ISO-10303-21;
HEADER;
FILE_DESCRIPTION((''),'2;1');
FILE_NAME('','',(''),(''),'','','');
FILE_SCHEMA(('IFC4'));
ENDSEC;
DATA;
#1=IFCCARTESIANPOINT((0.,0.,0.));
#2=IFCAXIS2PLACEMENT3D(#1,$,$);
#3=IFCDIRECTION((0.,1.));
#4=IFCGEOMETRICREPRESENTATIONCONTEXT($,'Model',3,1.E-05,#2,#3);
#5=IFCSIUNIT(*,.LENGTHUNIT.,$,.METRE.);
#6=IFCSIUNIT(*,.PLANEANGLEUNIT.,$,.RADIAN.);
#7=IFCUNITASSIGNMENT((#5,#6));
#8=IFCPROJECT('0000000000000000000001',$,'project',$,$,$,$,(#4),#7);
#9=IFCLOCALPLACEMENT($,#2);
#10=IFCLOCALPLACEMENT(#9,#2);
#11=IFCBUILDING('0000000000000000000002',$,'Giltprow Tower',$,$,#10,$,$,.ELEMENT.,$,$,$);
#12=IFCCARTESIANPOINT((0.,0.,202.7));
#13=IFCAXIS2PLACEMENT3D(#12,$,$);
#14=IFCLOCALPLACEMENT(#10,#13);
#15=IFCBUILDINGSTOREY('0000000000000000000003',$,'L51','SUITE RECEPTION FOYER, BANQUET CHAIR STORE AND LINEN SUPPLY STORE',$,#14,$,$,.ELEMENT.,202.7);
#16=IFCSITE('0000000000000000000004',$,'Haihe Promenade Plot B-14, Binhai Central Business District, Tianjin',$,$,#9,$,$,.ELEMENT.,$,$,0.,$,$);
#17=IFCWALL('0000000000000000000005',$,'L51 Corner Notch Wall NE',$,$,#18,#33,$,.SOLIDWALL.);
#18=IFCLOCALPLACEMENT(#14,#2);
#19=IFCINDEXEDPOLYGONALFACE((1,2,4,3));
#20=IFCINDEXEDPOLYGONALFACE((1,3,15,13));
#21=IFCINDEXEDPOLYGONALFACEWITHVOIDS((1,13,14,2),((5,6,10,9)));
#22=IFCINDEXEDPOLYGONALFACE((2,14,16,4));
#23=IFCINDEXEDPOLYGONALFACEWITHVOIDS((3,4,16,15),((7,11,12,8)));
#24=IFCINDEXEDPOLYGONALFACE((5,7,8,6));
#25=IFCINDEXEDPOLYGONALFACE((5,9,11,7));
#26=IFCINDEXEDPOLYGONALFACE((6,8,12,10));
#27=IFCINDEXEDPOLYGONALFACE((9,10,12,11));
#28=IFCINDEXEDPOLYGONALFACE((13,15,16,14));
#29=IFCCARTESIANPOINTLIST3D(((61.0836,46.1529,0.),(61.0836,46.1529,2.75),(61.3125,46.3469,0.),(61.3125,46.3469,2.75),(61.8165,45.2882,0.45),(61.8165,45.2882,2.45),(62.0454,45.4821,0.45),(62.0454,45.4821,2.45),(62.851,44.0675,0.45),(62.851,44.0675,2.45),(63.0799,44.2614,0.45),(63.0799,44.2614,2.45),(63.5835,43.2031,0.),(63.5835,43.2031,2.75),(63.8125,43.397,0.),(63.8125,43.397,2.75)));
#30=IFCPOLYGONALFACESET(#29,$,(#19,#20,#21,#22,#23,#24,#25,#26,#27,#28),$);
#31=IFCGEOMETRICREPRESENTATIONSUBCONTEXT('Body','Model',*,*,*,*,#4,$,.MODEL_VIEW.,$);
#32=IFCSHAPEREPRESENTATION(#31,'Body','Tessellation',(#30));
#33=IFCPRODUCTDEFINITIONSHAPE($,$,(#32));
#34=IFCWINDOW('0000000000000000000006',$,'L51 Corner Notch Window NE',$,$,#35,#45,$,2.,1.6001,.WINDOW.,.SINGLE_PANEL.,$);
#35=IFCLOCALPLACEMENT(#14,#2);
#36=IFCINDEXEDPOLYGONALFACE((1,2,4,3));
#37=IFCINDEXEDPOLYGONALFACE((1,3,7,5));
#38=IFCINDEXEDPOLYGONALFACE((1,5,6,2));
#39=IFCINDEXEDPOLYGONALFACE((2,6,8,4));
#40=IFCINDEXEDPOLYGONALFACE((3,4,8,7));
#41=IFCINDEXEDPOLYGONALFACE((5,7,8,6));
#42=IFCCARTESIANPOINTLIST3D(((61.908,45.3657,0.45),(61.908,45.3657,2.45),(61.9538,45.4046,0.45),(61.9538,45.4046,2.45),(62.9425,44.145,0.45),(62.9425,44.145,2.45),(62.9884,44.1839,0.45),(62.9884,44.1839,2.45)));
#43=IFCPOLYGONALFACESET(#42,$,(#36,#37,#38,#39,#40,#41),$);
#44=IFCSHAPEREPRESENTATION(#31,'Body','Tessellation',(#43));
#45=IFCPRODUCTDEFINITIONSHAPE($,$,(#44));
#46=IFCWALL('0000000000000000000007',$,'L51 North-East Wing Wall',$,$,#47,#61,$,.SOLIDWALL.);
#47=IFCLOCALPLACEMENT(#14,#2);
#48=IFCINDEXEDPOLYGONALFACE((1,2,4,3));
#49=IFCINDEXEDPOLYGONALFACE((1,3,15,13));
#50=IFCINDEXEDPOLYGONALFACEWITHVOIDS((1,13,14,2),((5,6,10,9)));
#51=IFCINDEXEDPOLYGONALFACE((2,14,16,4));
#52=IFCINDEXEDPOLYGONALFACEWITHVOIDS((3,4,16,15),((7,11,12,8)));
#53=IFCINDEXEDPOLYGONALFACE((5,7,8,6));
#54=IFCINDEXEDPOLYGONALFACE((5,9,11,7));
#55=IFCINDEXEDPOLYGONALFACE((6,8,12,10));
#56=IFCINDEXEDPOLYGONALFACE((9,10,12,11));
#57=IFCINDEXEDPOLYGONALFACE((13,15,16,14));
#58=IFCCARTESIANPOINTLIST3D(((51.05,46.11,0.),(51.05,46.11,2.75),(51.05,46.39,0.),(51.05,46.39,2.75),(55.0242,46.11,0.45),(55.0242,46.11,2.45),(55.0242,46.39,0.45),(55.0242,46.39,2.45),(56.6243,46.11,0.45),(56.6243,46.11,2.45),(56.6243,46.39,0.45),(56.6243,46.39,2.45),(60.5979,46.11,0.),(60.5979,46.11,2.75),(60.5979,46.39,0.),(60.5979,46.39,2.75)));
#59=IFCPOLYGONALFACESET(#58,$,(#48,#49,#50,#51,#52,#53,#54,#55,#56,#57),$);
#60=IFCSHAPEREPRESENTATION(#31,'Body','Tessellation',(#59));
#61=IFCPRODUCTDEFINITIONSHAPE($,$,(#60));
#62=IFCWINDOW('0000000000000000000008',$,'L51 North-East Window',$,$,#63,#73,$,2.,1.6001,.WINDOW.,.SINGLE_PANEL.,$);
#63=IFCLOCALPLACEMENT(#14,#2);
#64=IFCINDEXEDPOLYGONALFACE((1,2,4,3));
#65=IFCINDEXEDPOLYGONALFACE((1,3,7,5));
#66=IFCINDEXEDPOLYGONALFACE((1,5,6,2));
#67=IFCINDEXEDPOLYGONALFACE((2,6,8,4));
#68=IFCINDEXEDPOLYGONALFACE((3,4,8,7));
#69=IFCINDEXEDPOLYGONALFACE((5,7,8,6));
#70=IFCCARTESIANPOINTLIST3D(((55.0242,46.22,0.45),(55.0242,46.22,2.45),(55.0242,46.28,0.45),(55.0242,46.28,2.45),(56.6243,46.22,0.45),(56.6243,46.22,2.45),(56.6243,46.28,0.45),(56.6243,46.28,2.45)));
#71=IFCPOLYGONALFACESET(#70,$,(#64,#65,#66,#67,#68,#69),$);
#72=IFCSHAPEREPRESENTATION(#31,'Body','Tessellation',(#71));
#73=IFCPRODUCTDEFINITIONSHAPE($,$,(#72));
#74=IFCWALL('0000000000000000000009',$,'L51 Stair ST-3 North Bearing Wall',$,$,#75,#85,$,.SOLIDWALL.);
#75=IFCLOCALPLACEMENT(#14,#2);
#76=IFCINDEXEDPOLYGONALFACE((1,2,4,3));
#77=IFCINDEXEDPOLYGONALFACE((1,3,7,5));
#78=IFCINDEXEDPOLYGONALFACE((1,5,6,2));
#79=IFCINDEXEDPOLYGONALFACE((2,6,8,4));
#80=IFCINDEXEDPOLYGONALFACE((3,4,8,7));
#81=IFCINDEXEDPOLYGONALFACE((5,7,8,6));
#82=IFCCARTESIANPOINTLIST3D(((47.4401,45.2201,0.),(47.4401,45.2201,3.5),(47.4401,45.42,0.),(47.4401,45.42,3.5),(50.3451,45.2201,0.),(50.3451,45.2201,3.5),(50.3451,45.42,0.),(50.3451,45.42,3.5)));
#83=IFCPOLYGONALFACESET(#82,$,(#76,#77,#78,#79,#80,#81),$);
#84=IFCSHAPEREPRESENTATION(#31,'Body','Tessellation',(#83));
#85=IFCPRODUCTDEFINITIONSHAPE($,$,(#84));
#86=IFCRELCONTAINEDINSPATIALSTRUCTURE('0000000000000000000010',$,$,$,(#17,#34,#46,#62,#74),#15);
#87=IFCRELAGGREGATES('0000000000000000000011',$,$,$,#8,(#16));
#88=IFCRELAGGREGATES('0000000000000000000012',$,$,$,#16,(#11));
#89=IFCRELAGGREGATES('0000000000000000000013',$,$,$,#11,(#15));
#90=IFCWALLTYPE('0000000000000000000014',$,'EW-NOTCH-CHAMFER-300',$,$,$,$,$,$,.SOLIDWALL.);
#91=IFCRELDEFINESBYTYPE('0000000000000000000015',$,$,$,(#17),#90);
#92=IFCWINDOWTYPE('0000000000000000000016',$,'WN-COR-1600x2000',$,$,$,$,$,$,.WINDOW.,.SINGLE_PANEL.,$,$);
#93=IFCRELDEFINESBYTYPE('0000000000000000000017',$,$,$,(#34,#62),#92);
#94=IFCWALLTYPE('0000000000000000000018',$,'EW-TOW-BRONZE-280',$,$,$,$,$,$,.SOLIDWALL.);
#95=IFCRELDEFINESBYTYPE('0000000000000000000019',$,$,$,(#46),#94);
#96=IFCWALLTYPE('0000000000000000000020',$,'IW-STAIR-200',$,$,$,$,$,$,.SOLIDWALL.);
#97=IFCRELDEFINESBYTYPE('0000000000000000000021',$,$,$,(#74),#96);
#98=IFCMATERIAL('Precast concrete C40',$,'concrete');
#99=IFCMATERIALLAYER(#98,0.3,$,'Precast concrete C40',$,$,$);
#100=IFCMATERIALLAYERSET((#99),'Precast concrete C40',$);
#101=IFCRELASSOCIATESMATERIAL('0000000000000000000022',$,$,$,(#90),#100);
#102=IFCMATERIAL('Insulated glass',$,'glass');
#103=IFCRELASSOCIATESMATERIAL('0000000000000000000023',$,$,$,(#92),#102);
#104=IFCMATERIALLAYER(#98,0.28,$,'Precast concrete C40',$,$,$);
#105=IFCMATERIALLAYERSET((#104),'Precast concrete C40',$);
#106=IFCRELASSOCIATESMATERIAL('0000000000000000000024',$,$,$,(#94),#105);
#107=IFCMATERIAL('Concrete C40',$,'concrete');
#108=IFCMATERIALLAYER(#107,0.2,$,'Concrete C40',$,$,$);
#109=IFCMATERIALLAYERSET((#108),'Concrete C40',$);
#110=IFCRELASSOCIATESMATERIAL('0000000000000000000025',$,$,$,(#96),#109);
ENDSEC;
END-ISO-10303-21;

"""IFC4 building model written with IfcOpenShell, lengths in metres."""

from ifc_helpers import new_model, si_unit, direction, frame, frame_2d, origin, place, context, subcontext, project, spatial, rectangle, extrude, source, transform, mapped, material, layer, layer_set, type_object, element, fill, save


model = new_model("IFC4")

# Units and contexts
model_context = context("Model", 3, precision=1e-05, world=origin(), true_north=direction((0.0, 1.0)))
body_context = subcontext(model_context, "Body", "Model", "MODEL_VIEW")
ifc_project = project(units=[si_unit("LENGTHUNIT", "METRE"), si_unit("PLANEANGLEUNIT", "RADIAN")], contexts=[model_context])

# Site, building, storey
site_placement = place(None, origin())
site = spatial("IfcSite", under=ifc_project, at=site_placement, Name="Haihe Promenade Plot B-14, Binhai Central Business District, Tianjin", CompositionType="ELEMENT", RefElevation=0.0)
building_placement = place(site_placement, origin())
building = spatial("IfcBuilding", under=site, at=building_placement, Name="Giltprow Tower", CompositionType="ELEMENT")
storey_placement = place(building_placement, frame((0.0, 0.0, 202.7)))
storey = spatial("IfcBuildingStorey", under=building, at=storey_placement, Name="L51", Description="SUITE RECEPTION FOYER, BANQUET CHAIR STORE AND LINEN SUPPLY STORE", CompositionType="ELEMENT", Elevation=202.7)

# Walls, openings, windows
ifc_material_1 = material(Name="Precast concrete C40", Category="concrete")
ifc_layer_1 = layer(ifc_material_1, 0.3, Name="Precast concrete C40")
ifc_layer_set_1 = layer_set([ifc_layer_1], Name="Precast concrete C40")
wall_type_1 = type_object("IfcWallType", Name="EW-NOTCH-CHAMFER-300", PredefinedType="SOLIDWALL", material=ifc_layer_set_1)
wall_1_placement = place(storey_placement, frame((63.698, 43.3, 0.0), z_axis=(0.0, 0.0, 1.0), x_axis=(-0.646528, 0.76289, 0.0)))
wall_1 = element("IfcWall", 1, at=wall_1_placement, inside=storey, type_object=wall_type_1, Name="L51 Corner Notch Wall NE", PredefinedType="SOLIDWALL", context=body_context, shape_type="SweptSolid", body=[
    extrude(rectangle(XDim=3.8667, YDim=0.3, at=frame_2d((1.9333, 0.0))), origin(), (0.0, 0.0, 1.0), 2.75),
])
opening_1_placement = place(wall_1_placement, frame((1.1331, 0.0, 0.45)))
opening_1 = element("IfcOpeningElement", 2, at=opening_1_placement, cuts=wall_1, PredefinedType="OPENING", context=body_context, shape_type="SweptSolid", body=[
    extrude(rectangle(XDim=1.6001, YDim=2.0, at=frame_2d((0.8, 1.0))), frame((0.0, 0.1599, 0.0), z_axis=(0.0, -1.0, 0.0), x_axis=(1.0, 0.0, 0.0)), (0.0, 0.0, 1.0), 0.3201),
])
ifc_material_2 = material(Name="Insulated glass", Category="glass")
window_type = type_object("IfcWindowType", Name="WN-COR-1600x2000", PartitioningType="SINGLE_PANEL", PredefinedType="WINDOW", material=ifc_material_2)
shared_shape_1 = source(origin(), body_context, "Body", "SweptSolid", [
    extrude(rectangle(XDim=1.6001, YDim=2.0, at=frame_2d((0.8, 1.0))), frame((0.0, 0.03, 0.0), z_axis=(0.0, -1.0, 0.0), x_axis=(1.0, 0.0, 0.0)), (0.0, 0.0, 1.0), 0.0601),
])
window_1_placement = place(opening_1_placement, origin())
window_1 = element("IfcWindow", 3, at=window_1_placement, inside=storey, type_object=window_type, Name="L51 Corner Notch Window NE", OverallHeight=2.0, OverallWidth=1.6001, PartitioningType="SINGLE_PANEL", PredefinedType="WINDOW", context=body_context, shape_type="MappedRepresentation", body=[
    mapped(shared_shape_1, transform((0.0, 0.0, 0.0), x_axis=(1.0, 0.0, 0.0), y_axis=(0.0, 1.0, 0.0), z_axis=(0.0, 0.0, 1.0), scale=1.0)),
])
fill(opening_1, window_1)
ifc_layer_2 = layer(ifc_material_1, 0.28, Name="Precast concrete C40")
ifc_layer_set_2 = layer_set([ifc_layer_2], Name="Precast concrete C40")
wall_type_2 = type_object("IfcWallType", Name="EW-TOW-BRONZE-280", PredefinedType="SOLIDWALL", material=ifc_layer_set_2)
wall_2_placement = place(storey_placement, frame((51.05, 46.25, 0.0), z_axis=(0.0, 0.0, 1.0), x_axis=(1.0, 0.0, 0.0)))
wall_2 = element("IfcWall", 4, at=wall_2_placement, inside=storey, type_object=wall_type_2, Name="L51 North-East Wing Wall", PredefinedType="SOLIDWALL", context=body_context, shape_type="SweptSolid", body=[
    extrude(rectangle(XDim=9.5479, YDim=0.28, at=frame_2d((4.7739, 0.0))), origin(), (0.0, 0.0, 1.0), 2.75),
])
opening_2_placement = place(wall_2_placement, frame((3.9741, 0.0, 0.45)))
opening_2 = element("IfcOpeningElement", 5, at=opening_2_placement, cuts=wall_2, PredefinedType="OPENING", context=body_context, shape_type="SweptSolid", body=[
    extrude(rectangle(XDim=1.6001, YDim=2.0, at=frame_2d((0.8, 1.0))), frame((0.0, 0.1499, 0.0), z_axis=(0.0, -1.0, 0.0), x_axis=(1.0, 0.0, 0.0)), (0.0, 0.0, 1.0), 0.3),
])
window_2_placement = place(opening_2_placement, origin())
window_2 = element("IfcWindow", 6, at=window_2_placement, inside=storey, type_object=window_type, Name="L51 North-East Window", OverallHeight=2.0, OverallWidth=1.6001, PartitioningType="SINGLE_PANEL", PredefinedType="WINDOW", context=body_context, shape_type="MappedRepresentation", body=[
    mapped(shared_shape_1, transform((0.0, 0.0, 0.0), x_axis=(1.0, 0.0, 0.0), y_axis=(0.0, 1.0, 0.0), z_axis=(0.0, 0.0, 1.0), scale=1.0)),
])
fill(opening_2, window_2)

# Wall
ifc_material_3 = material(Name="Concrete C40", Category="concrete")
ifc_layer_3 = layer(ifc_material_3, 0.2, Name="Concrete C40")
ifc_layer_set_3 = layer_set([ifc_layer_3], Name="Concrete C40")
wall_type_3 = type_object("IfcWallType", Name="IW-STAIR-200", PredefinedType="SOLIDWALL", material=ifc_layer_set_3)
wall_3_placement = place(storey_placement, frame((47.4399, 45.3201, 0.0), z_axis=(0.0, 0.0, 1.0), x_axis=(1.0, 0.0, 0.0)))
element("IfcWall", 7, at=wall_3_placement, inside=storey, type_object=wall_type_3, Name="L51 Stair ST-3 North Bearing Wall", PredefinedType="SOLIDWALL", context=body_context, shape_type="SweptSolid", body=[
    extrude(rectangle(XDim=2.905, YDim=0.2, at=frame_2d((1.4526, 0.0))), origin(), (0.0, 0.0, 1.0), 3.5),
])

save(model, "model.ifc")
